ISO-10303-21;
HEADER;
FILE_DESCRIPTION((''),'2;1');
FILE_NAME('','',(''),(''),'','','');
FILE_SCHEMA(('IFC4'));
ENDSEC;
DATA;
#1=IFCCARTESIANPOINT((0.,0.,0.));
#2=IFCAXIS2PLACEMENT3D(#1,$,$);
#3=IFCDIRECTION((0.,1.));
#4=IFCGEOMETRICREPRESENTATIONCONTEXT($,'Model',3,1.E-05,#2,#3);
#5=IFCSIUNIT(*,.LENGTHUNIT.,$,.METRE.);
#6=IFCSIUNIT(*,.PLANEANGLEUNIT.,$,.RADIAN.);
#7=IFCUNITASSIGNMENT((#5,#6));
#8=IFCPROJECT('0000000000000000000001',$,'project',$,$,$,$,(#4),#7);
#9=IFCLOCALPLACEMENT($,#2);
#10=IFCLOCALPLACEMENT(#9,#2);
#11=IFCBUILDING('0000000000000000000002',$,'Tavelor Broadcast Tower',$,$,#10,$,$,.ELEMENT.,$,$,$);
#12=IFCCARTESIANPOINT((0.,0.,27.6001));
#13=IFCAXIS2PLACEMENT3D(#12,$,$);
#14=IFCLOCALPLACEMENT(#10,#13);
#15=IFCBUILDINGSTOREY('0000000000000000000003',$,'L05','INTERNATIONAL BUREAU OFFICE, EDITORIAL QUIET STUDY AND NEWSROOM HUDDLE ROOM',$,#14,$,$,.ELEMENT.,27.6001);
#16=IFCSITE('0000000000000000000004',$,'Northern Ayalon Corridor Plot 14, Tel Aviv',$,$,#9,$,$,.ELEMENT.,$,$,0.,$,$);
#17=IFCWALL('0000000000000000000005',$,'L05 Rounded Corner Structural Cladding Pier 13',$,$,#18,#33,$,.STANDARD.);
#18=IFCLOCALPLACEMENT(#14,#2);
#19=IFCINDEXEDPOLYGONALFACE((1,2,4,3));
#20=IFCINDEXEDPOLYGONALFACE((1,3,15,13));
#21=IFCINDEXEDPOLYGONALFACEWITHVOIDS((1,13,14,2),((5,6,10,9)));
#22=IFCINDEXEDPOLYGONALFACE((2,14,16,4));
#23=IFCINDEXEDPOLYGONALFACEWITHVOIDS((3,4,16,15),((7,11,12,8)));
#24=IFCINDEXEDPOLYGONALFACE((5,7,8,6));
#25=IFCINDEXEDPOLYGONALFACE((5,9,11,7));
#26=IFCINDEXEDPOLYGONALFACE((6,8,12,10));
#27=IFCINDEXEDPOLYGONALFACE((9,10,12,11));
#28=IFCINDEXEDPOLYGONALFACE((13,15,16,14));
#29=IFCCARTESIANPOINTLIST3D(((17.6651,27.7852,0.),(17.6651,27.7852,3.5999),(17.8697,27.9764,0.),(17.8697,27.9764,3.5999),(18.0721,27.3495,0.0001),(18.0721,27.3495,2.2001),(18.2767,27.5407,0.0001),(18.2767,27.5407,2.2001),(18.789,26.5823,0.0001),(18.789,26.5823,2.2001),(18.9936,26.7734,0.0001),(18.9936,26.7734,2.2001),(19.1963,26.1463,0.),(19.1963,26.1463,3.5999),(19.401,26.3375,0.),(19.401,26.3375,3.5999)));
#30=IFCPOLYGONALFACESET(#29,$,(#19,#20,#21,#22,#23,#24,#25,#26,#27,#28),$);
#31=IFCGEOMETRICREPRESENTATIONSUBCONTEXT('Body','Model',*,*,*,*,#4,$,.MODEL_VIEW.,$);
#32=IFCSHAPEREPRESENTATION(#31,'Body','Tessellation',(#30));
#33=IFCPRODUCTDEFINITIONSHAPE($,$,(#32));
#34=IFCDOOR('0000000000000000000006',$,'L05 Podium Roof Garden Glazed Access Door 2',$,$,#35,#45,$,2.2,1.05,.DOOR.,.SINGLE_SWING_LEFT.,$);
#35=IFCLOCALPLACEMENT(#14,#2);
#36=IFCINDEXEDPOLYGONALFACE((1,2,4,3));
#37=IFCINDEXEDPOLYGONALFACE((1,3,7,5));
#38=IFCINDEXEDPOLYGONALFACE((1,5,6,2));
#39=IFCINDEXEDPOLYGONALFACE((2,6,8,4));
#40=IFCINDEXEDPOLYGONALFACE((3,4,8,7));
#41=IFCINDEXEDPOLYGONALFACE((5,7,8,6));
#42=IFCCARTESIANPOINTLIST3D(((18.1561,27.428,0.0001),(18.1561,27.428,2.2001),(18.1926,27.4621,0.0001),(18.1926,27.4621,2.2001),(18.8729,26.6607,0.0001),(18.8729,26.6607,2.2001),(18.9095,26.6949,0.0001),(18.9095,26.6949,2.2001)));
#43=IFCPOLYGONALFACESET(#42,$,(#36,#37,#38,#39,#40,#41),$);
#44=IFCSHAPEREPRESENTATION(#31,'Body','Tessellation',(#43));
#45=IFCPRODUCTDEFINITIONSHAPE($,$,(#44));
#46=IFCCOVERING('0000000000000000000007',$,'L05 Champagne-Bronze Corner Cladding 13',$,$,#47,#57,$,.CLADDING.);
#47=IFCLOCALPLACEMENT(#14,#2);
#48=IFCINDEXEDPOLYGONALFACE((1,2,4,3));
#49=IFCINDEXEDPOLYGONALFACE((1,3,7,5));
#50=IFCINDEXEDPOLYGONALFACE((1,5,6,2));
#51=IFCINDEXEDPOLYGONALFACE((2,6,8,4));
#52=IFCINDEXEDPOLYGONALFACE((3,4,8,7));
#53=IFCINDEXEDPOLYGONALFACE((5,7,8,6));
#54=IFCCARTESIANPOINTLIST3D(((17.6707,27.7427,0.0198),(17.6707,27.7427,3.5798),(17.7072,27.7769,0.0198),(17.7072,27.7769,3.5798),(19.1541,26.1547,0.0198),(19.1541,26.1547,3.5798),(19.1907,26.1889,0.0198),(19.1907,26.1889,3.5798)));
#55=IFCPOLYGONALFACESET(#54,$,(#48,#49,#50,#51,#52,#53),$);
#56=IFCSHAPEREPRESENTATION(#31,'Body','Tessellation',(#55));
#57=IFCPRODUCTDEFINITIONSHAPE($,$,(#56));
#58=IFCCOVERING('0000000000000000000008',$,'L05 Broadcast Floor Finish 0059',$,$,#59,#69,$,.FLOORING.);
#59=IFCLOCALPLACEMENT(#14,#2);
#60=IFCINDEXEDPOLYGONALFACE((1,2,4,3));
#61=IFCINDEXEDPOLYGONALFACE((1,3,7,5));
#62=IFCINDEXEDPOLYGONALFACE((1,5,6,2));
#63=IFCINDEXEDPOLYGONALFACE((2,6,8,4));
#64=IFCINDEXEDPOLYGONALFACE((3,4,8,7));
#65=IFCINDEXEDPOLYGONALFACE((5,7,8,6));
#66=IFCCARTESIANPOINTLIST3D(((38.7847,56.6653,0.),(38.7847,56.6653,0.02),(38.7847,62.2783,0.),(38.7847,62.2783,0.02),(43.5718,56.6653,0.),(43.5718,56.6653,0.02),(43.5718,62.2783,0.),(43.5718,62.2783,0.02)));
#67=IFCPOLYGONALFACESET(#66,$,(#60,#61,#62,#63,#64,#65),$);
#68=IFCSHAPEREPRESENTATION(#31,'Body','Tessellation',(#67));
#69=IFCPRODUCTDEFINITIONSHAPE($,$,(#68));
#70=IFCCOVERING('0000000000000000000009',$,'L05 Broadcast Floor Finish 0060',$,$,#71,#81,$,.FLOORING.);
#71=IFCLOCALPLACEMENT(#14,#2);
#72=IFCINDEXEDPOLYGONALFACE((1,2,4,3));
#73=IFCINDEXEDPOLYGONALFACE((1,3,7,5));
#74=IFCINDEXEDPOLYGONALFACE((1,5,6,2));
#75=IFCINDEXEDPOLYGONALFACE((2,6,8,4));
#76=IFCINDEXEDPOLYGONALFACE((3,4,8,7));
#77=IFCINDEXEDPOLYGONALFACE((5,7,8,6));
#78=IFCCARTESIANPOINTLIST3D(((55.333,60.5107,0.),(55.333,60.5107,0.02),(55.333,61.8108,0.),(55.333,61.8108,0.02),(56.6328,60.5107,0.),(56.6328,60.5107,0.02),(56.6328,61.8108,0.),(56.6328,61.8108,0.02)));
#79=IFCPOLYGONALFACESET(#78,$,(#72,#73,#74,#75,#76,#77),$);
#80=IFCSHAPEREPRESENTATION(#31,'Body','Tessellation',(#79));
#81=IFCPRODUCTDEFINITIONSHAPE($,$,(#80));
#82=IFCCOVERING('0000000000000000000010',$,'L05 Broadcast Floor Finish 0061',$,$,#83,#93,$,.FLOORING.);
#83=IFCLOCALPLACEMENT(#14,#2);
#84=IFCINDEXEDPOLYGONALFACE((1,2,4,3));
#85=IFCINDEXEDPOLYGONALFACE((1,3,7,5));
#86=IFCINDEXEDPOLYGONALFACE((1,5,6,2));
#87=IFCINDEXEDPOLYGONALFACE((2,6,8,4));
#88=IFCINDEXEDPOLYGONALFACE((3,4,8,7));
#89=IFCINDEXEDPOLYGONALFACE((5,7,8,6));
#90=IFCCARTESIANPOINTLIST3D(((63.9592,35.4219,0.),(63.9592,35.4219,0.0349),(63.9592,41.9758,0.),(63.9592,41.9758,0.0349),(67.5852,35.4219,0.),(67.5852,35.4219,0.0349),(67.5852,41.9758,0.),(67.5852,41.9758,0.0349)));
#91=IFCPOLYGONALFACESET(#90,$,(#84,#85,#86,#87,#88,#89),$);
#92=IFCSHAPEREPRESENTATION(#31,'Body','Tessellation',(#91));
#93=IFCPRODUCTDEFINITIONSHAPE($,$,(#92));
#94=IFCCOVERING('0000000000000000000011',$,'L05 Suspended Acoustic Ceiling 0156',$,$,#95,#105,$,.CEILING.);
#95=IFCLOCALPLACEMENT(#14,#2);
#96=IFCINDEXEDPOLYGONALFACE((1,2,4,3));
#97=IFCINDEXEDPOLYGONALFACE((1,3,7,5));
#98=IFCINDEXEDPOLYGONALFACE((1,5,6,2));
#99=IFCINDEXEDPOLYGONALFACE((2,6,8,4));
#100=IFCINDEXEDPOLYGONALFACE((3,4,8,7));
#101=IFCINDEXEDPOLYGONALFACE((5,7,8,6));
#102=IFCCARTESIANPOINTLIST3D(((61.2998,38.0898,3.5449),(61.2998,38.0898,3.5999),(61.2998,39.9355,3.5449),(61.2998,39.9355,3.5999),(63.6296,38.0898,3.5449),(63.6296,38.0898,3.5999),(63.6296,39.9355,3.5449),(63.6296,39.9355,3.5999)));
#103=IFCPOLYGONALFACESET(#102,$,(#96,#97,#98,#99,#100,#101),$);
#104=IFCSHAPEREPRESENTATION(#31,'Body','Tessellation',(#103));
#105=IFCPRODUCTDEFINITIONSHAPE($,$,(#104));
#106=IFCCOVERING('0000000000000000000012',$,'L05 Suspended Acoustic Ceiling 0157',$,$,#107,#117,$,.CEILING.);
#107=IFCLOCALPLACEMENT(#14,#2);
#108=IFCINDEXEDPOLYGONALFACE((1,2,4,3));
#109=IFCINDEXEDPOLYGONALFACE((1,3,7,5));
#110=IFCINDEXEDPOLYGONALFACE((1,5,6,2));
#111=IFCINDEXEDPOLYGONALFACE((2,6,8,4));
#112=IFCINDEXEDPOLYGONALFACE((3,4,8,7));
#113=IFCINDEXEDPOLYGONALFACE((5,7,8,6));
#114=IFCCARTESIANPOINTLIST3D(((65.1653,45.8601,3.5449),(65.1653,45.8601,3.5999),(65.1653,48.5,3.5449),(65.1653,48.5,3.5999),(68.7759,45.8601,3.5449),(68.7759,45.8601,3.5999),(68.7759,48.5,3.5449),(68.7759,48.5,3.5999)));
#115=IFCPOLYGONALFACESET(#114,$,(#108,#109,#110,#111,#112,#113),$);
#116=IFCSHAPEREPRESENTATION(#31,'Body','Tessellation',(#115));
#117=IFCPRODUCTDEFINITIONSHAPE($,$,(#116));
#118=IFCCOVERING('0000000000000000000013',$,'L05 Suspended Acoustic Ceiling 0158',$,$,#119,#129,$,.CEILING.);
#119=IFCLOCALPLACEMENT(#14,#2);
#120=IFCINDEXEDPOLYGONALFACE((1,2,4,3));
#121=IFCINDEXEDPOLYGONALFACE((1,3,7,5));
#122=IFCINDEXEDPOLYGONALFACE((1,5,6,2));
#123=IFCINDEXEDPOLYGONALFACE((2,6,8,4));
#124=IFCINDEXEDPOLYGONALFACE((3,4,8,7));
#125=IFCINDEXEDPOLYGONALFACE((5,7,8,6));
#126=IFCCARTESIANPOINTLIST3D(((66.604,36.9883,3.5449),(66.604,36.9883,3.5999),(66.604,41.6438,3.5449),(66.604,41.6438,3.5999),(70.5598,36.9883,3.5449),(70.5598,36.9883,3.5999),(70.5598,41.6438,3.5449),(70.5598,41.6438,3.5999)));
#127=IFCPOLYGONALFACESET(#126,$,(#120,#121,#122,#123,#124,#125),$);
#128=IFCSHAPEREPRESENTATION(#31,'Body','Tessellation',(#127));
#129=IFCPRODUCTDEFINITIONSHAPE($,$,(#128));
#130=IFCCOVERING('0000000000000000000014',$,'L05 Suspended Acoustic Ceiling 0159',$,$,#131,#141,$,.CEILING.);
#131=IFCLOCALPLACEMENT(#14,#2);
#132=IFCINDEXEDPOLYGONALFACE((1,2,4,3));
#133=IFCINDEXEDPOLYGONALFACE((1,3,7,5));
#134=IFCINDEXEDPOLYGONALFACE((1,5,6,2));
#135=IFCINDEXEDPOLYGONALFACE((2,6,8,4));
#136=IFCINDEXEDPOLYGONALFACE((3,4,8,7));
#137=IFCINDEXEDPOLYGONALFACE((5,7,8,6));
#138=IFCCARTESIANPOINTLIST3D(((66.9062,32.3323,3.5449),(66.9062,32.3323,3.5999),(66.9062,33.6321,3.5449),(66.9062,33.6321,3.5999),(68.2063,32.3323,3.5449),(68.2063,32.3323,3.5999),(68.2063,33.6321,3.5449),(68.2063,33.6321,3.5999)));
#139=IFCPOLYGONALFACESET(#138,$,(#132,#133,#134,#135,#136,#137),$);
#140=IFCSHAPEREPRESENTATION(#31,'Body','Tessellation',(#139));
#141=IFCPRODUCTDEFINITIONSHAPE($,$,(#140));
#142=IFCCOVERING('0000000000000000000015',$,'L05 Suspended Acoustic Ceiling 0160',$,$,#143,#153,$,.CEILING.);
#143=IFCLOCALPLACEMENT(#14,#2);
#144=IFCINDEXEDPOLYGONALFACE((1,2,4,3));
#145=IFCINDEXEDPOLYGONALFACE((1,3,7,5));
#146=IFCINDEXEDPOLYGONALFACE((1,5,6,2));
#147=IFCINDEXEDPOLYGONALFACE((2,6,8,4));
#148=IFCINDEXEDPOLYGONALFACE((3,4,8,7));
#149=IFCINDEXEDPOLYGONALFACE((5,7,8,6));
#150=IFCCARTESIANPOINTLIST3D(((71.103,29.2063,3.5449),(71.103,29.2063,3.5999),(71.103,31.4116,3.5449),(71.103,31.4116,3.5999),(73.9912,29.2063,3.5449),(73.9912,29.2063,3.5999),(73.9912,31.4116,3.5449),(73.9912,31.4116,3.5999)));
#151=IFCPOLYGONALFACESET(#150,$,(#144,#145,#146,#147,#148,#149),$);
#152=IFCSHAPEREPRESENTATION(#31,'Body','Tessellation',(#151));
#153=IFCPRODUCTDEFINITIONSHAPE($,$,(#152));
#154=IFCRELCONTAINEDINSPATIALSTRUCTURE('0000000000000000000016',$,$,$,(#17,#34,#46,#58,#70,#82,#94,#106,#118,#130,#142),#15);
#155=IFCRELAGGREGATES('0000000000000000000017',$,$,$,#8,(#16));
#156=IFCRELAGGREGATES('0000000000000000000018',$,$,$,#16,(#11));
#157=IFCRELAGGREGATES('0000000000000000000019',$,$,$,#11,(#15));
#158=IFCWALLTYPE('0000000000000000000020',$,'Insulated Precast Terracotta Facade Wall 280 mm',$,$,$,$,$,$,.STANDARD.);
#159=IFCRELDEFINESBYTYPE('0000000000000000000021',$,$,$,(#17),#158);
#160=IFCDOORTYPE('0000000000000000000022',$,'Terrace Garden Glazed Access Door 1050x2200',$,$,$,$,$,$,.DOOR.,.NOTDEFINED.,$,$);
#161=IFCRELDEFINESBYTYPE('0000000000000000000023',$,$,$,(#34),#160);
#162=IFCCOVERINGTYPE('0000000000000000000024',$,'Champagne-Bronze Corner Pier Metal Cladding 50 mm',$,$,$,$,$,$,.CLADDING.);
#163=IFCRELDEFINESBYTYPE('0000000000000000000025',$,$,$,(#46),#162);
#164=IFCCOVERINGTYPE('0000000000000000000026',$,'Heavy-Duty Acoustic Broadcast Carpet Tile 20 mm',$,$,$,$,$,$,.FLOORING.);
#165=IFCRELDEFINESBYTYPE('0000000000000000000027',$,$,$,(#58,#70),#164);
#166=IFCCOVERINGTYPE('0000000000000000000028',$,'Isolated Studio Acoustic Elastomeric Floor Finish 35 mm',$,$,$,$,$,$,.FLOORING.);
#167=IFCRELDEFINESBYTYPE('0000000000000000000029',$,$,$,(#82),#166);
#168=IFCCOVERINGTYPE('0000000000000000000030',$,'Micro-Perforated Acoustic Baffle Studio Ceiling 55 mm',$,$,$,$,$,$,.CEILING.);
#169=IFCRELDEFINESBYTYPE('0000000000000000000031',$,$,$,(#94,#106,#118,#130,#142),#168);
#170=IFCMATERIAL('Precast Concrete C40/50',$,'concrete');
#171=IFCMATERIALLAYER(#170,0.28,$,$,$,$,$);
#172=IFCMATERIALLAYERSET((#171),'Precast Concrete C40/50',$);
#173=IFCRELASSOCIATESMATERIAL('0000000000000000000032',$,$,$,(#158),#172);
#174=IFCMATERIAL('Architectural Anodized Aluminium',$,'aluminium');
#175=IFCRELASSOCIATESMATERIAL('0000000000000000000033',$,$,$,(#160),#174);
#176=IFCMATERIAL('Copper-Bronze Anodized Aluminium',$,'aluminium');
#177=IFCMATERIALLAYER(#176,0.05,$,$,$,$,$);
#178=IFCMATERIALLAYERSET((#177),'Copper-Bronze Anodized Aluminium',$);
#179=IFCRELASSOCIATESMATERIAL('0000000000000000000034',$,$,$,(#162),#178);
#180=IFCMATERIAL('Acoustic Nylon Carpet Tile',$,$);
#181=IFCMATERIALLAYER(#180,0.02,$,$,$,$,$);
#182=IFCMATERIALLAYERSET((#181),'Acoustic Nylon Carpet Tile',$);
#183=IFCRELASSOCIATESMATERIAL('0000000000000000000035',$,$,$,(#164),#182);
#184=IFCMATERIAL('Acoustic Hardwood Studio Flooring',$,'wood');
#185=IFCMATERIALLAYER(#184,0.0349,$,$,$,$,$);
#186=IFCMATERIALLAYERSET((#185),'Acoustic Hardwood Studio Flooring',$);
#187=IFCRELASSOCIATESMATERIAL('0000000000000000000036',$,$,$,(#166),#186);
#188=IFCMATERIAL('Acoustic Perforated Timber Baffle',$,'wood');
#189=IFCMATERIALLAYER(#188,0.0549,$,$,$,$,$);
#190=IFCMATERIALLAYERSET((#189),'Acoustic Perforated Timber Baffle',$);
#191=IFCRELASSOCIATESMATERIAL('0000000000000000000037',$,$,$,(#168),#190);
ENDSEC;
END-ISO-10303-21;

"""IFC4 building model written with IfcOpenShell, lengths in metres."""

from ifc_helpers import new_model, si_unit, direction, frame, frame_2d, origin, origin_2d, place, context, subcontext, project, spatial, polyline, rectangle, outline, extrude, material, layer, layer_set, type_object, element, fill, save


model = new_model("IFC4")

# Units and contexts
model_context = context("Model", 3, precision=1e-05, world=origin(), true_north=direction((0.0, 1.0)))
body_context = subcontext(model_context, "Body", "Model", "MODEL_VIEW")
ifc_project = project(units=[si_unit("LENGTHUNIT", "METRE"), si_unit("PLANEANGLEUNIT", "RADIAN")], contexts=[model_context])

# Site, building, storey
site_placement = place(None, origin())
site = spatial("IfcSite", under=ifc_project, at=site_placement, Name="Northern Ayalon Corridor Plot 14, Tel Aviv", CompositionType="ELEMENT", RefElevation=0.0)
building_placement = place(site_placement, origin())
building = spatial("IfcBuilding", under=site, at=building_placement, Name="Tavelor Broadcast Tower", CompositionType="ELEMENT")
storey_placement = place(building_placement, frame((0.0, 0.0, 27.6001)))
storey = spatial("IfcBuildingStorey", under=building, at=storey_placement, Name="L05", Description="INTERNATIONAL BUREAU OFFICE, EDITORIAL QUIET STUDY AND NEWSROOM HUDDLE ROOM", CompositionType="ELEMENT", Elevation=27.6001)

# Wall, opening, door
ifc_material_1 = material(Name="Precast Concrete C40/50", Category="concrete")
ifc_layer_1 = layer(ifc_material_1, 0.28)
ifc_layer_set_1 = layer_set([ifc_layer_1], Name="Precast Concrete C40/50")
wall_type = type_object("IfcWallType", Name="Insulated Precast Terracotta Facade Wall 280 mm", PredefinedType="STANDARD", material=ifc_layer_set_1)
wall_placement = place(storey_placement, frame((17.7673, 27.8809, 0.0), z_axis=(0.0, 0.0, 1.0), x_axis=(0.682698, -0.7307, 0.0)))
wall = element("IfcWall", 1, at=wall_placement, inside=storey, type_object=wall_type, Name="L05 Rounded Corner Structural Cladding Pier 13", PredefinedType="STANDARD", context=body_context, shape_type="SweptSolid", body=[
    extrude(rectangle(XDim=2.2429, YDim=0.28, at=frame_2d((1.1216, 0.0))), origin(), (0.0, 0.0, 1.0), 3.5999),
])
opening_placement = place(wall_placement, frame((0.5964, 0.0, 0.0)))
opening = element("IfcOpeningElement", 2, at=opening_placement, cuts=wall, PredefinedType="OPENING", context=body_context, shape_type="SweptSolid", body=[
    extrude(rectangle(XDim=1.05, YDim=2.2, at=frame_2d((0.5249, 1.1001))), frame((0.0, 0.1499, 0.0), z_axis=(0.0, -1.0, 0.0), x_axis=(1.0, 0.0, 0.0)), (0.0, 0.0, 1.0), 0.3),
])
ifc_material_2 = material(Name="Architectural Anodized Aluminium", Category="aluminium")
door_type = type_object("IfcDoorType", Name="Terrace Garden Glazed Access Door 1050x2200", OperationType="NOTDEFINED", PredefinedType="DOOR", material=ifc_material_2)
door_placement = place(opening_placement, origin())
door = element("IfcDoor", 3, at=door_placement, inside=storey, type_object=door_type, Name="L05 Podium Roof Garden Glazed Access Door 2", OperationType="SINGLE_SWING_LEFT", OverallHeight=2.2, OverallWidth=1.05, PredefinedType="DOOR", context=body_context, shape_type="SweptSolid", body=[
    extrude(rectangle(XDim=1.05, YDim=2.2, at=frame_2d((0.5249, 1.1001))), frame((0.0, 0.0249, 0.0), z_axis=(0.0, -1.0, 0.0), x_axis=(1.0, 0.0, 0.0)), (0.0, 0.0, 1.0), 0.05),
])
fill(opening, door)

# Coverings
ifc_material_3 = material(Name="Copper-Bronze Anodized Aluminium", Category="aluminium")
ifc_layer_2 = layer(ifc_material_3, 0.05)
ifc_layer_set_2 = layer_set([ifc_layer_2], Name="Copper-Bronze Anodized Aluminium")
covering_type_1 = type_object("IfcCoveringType", Name="Champagne-Bronze Corner Pier Metal Cladding 50 mm", PredefinedType="CLADDING", material=ifc_layer_set_2)
covering_1_placement = place(storey_placement, frame((18.4307, 26.9658, 0.0198), z_axis=(0.0, 0.0, 1.0), x_axis=(0.682636, -0.730758, 0.0)))
element("IfcCovering", 4, at=covering_1_placement, inside=storey, type_object=covering_type_1, Name="L05 Champagne-Bronze Corner Cladding 13", PredefinedType="CLADDING", context=body_context, shape_type="SweptSolid", body=[
    extrude(rectangle(XDim=2.1731, YDim=0.05, at=origin_2d()), origin(), (0.0, 0.0, 1.0), 3.5601),
])
ifc_material_4 = material(Name="Acoustic Nylon Carpet Tile")
ifc_layer_3 = layer(ifc_material_4, 0.02)
ifc_layer_set_3 = layer_set([ifc_layer_3], Name="Acoustic Nylon Carpet Tile")
covering_type_2 = type_object("IfcCoveringType", Name="Heavy-Duty Acoustic Broadcast Carpet Tile 20 mm", PredefinedType="FLOORING", material=ifc_layer_set_3)
covering_2_placement = place(storey_placement, origin())
element("IfcCovering", 5, at=covering_2_placement, inside=storey, type_object=covering_type_2, Name="L05 Broadcast Floor Finish 0059", PredefinedType="FLOORING", context=body_context, shape_type="SweptSolid", body=[
    extrude(outline(polyline([(38.7847, 56.6653), (43.5718, 56.6653), (43.5718, 62.2783), (38.7847, 62.2783), (38.7847, 56.6653)])), origin(), (0.0, 0.0, 1.0), 0.02),
])
covering_3_placement = place(storey_placement, origin())
element("IfcCovering", 6, at=covering_3_placement, inside=storey, type_object=covering_type_2, Name="L05 Broadcast Floor Finish 0060", PredefinedType="FLOORING", context=body_context, shape_type="SweptSolid", body=[
    extrude(outline(polyline([(55.333, 60.5107), (56.6328, 60.5107), (56.6328, 61.8108), (55.333, 61.8108), (55.333, 60.5107)])), origin(), (0.0, 0.0, 1.0), 0.02),
])
ifc_material_5 = material(Name="Acoustic Hardwood Studio Flooring", Category="wood")
ifc_layer_4 = layer(ifc_material_5, 0.0349)
ifc_layer_set_4 = layer_set([ifc_layer_4], Name="Acoustic Hardwood Studio Flooring")
covering_type_3 = type_object("IfcCoveringType", Name="Isolated Studio Acoustic Elastomeric Floor Finish 35 mm", PredefinedType="FLOORING", material=ifc_layer_set_4)
covering_4_placement = place(storey_placement, origin())
element("IfcCovering", 7, at=covering_4_placement, inside=storey, type_object=covering_type_3, Name="L05 Broadcast Floor Finish 0061", PredefinedType="FLOORING", context=body_context, shape_type="SweptSolid", body=[
    extrude(outline(polyline([(63.9592, 35.4219), (67.5852, 35.4219), (67.5852, 41.9758), (63.9592, 41.9758), (63.9592, 35.4219)])), origin(), (0.0, 0.0, 1.0), 0.0349),
])
ifc_material_6 = material(Name="Acoustic Perforated Timber Baffle", Category="wood")
ifc_layer_5 = layer(ifc_material_6, 0.0549)
ifc_layer_set_5 = layer_set([ifc_layer_5], Name="Acoustic Perforated Timber Baffle")
covering_type_4 = type_object("IfcCoveringType", Name="Micro-Perforated Acoustic Baffle Studio Ceiling 55 mm", PredefinedType="CEILING", material=ifc_layer_set_5)
covering_5_placement = place(storey_placement, frame((0.0, 0.0, 3.5449)))
element("IfcCovering", 8, at=covering_5_placement, inside=storey, type_object=covering_type_4, Name="L05 Suspended Acoustic Ceiling 0156", PredefinedType="CEILING", context=body_context, shape_type="SweptSolid", body=[
    extrude(outline(polyline([(61.2998, 38.0898), (63.6296, 38.0898), (63.6296, 39.9355), (61.2998, 39.9355), (61.2998, 38.0898)])), origin(), (0.0, 0.0, 1.0), 0.0549),
])
covering_6_placement = place(storey_placement, frame((0.0, 0.0, 3.5449)))
element("IfcCovering", 9, at=covering_6_placement, inside=storey, type_object=covering_type_4, Name="L05 Suspended Acoustic Ceiling 0157", PredefinedType="CEILING", context=body_context, shape_type="SweptSolid", body=[
    extrude(outline(polyline([(65.1653, 45.8601), (68.7759, 45.8601), (68.7759, 48.5), (65.1653, 48.5), (65.1653, 45.8601)])), origin(), (0.0, 0.0, 1.0), 0.0549),
])
covering_7_placement = place(storey_placement, frame((0.0, 0.0, 3.5449)))
element("IfcCovering", 10, at=covering_7_placement, inside=storey, type_object=covering_type_4, Name="L05 Suspended Acoustic Ceiling 0158", PredefinedType="CEILING", context=body_context, shape_type="SweptSolid", body=[
    extrude(outline(polyline([(66.604, 36.9883), (70.5598, 36.9883), (70.5598, 41.6438), (66.604, 41.6438), (66.604, 36.9883)])), origin(), (0.0, 0.0, 1.0), 0.0549),
])
covering_8_placement = place(storey_placement, frame((0.0, 0.0, 3.5449)))
element("IfcCovering", 11, at=covering_8_placement, inside=storey, type_object=covering_type_4, Name="L05 Suspended Acoustic Ceiling 0159", PredefinedType="CEILING", context=body_context, shape_type="SweptSolid", body=[
    extrude(outline(polyline([(66.9062, 32.3323), (68.2063, 32.3323), (68.2063, 33.6321), (66.9062, 33.6321), (66.9062, 32.3323)])), origin(), (0.0, 0.0, 1.0), 0.0549),
])
covering_9_placement = place(storey_placement, frame((0.0, 0.0, 3.5449)))
element("IfcCovering", 12, at=covering_9_placement, inside=storey, type_object=covering_type_4, Name="L05 Suspended Acoustic Ceiling 0160", PredefinedType="CEILING", context=body_context, shape_type="SweptSolid", body=[
    extrude(outline(polyline([(71.103, 29.2063), (73.9912, 29.2063), (73.9912, 31.4116), (71.103, 31.4116), (71.103, 29.2063)])), origin(), (0.0, 0.0, 1.0), 0.0549),
])

save(model, "model.ifc")
